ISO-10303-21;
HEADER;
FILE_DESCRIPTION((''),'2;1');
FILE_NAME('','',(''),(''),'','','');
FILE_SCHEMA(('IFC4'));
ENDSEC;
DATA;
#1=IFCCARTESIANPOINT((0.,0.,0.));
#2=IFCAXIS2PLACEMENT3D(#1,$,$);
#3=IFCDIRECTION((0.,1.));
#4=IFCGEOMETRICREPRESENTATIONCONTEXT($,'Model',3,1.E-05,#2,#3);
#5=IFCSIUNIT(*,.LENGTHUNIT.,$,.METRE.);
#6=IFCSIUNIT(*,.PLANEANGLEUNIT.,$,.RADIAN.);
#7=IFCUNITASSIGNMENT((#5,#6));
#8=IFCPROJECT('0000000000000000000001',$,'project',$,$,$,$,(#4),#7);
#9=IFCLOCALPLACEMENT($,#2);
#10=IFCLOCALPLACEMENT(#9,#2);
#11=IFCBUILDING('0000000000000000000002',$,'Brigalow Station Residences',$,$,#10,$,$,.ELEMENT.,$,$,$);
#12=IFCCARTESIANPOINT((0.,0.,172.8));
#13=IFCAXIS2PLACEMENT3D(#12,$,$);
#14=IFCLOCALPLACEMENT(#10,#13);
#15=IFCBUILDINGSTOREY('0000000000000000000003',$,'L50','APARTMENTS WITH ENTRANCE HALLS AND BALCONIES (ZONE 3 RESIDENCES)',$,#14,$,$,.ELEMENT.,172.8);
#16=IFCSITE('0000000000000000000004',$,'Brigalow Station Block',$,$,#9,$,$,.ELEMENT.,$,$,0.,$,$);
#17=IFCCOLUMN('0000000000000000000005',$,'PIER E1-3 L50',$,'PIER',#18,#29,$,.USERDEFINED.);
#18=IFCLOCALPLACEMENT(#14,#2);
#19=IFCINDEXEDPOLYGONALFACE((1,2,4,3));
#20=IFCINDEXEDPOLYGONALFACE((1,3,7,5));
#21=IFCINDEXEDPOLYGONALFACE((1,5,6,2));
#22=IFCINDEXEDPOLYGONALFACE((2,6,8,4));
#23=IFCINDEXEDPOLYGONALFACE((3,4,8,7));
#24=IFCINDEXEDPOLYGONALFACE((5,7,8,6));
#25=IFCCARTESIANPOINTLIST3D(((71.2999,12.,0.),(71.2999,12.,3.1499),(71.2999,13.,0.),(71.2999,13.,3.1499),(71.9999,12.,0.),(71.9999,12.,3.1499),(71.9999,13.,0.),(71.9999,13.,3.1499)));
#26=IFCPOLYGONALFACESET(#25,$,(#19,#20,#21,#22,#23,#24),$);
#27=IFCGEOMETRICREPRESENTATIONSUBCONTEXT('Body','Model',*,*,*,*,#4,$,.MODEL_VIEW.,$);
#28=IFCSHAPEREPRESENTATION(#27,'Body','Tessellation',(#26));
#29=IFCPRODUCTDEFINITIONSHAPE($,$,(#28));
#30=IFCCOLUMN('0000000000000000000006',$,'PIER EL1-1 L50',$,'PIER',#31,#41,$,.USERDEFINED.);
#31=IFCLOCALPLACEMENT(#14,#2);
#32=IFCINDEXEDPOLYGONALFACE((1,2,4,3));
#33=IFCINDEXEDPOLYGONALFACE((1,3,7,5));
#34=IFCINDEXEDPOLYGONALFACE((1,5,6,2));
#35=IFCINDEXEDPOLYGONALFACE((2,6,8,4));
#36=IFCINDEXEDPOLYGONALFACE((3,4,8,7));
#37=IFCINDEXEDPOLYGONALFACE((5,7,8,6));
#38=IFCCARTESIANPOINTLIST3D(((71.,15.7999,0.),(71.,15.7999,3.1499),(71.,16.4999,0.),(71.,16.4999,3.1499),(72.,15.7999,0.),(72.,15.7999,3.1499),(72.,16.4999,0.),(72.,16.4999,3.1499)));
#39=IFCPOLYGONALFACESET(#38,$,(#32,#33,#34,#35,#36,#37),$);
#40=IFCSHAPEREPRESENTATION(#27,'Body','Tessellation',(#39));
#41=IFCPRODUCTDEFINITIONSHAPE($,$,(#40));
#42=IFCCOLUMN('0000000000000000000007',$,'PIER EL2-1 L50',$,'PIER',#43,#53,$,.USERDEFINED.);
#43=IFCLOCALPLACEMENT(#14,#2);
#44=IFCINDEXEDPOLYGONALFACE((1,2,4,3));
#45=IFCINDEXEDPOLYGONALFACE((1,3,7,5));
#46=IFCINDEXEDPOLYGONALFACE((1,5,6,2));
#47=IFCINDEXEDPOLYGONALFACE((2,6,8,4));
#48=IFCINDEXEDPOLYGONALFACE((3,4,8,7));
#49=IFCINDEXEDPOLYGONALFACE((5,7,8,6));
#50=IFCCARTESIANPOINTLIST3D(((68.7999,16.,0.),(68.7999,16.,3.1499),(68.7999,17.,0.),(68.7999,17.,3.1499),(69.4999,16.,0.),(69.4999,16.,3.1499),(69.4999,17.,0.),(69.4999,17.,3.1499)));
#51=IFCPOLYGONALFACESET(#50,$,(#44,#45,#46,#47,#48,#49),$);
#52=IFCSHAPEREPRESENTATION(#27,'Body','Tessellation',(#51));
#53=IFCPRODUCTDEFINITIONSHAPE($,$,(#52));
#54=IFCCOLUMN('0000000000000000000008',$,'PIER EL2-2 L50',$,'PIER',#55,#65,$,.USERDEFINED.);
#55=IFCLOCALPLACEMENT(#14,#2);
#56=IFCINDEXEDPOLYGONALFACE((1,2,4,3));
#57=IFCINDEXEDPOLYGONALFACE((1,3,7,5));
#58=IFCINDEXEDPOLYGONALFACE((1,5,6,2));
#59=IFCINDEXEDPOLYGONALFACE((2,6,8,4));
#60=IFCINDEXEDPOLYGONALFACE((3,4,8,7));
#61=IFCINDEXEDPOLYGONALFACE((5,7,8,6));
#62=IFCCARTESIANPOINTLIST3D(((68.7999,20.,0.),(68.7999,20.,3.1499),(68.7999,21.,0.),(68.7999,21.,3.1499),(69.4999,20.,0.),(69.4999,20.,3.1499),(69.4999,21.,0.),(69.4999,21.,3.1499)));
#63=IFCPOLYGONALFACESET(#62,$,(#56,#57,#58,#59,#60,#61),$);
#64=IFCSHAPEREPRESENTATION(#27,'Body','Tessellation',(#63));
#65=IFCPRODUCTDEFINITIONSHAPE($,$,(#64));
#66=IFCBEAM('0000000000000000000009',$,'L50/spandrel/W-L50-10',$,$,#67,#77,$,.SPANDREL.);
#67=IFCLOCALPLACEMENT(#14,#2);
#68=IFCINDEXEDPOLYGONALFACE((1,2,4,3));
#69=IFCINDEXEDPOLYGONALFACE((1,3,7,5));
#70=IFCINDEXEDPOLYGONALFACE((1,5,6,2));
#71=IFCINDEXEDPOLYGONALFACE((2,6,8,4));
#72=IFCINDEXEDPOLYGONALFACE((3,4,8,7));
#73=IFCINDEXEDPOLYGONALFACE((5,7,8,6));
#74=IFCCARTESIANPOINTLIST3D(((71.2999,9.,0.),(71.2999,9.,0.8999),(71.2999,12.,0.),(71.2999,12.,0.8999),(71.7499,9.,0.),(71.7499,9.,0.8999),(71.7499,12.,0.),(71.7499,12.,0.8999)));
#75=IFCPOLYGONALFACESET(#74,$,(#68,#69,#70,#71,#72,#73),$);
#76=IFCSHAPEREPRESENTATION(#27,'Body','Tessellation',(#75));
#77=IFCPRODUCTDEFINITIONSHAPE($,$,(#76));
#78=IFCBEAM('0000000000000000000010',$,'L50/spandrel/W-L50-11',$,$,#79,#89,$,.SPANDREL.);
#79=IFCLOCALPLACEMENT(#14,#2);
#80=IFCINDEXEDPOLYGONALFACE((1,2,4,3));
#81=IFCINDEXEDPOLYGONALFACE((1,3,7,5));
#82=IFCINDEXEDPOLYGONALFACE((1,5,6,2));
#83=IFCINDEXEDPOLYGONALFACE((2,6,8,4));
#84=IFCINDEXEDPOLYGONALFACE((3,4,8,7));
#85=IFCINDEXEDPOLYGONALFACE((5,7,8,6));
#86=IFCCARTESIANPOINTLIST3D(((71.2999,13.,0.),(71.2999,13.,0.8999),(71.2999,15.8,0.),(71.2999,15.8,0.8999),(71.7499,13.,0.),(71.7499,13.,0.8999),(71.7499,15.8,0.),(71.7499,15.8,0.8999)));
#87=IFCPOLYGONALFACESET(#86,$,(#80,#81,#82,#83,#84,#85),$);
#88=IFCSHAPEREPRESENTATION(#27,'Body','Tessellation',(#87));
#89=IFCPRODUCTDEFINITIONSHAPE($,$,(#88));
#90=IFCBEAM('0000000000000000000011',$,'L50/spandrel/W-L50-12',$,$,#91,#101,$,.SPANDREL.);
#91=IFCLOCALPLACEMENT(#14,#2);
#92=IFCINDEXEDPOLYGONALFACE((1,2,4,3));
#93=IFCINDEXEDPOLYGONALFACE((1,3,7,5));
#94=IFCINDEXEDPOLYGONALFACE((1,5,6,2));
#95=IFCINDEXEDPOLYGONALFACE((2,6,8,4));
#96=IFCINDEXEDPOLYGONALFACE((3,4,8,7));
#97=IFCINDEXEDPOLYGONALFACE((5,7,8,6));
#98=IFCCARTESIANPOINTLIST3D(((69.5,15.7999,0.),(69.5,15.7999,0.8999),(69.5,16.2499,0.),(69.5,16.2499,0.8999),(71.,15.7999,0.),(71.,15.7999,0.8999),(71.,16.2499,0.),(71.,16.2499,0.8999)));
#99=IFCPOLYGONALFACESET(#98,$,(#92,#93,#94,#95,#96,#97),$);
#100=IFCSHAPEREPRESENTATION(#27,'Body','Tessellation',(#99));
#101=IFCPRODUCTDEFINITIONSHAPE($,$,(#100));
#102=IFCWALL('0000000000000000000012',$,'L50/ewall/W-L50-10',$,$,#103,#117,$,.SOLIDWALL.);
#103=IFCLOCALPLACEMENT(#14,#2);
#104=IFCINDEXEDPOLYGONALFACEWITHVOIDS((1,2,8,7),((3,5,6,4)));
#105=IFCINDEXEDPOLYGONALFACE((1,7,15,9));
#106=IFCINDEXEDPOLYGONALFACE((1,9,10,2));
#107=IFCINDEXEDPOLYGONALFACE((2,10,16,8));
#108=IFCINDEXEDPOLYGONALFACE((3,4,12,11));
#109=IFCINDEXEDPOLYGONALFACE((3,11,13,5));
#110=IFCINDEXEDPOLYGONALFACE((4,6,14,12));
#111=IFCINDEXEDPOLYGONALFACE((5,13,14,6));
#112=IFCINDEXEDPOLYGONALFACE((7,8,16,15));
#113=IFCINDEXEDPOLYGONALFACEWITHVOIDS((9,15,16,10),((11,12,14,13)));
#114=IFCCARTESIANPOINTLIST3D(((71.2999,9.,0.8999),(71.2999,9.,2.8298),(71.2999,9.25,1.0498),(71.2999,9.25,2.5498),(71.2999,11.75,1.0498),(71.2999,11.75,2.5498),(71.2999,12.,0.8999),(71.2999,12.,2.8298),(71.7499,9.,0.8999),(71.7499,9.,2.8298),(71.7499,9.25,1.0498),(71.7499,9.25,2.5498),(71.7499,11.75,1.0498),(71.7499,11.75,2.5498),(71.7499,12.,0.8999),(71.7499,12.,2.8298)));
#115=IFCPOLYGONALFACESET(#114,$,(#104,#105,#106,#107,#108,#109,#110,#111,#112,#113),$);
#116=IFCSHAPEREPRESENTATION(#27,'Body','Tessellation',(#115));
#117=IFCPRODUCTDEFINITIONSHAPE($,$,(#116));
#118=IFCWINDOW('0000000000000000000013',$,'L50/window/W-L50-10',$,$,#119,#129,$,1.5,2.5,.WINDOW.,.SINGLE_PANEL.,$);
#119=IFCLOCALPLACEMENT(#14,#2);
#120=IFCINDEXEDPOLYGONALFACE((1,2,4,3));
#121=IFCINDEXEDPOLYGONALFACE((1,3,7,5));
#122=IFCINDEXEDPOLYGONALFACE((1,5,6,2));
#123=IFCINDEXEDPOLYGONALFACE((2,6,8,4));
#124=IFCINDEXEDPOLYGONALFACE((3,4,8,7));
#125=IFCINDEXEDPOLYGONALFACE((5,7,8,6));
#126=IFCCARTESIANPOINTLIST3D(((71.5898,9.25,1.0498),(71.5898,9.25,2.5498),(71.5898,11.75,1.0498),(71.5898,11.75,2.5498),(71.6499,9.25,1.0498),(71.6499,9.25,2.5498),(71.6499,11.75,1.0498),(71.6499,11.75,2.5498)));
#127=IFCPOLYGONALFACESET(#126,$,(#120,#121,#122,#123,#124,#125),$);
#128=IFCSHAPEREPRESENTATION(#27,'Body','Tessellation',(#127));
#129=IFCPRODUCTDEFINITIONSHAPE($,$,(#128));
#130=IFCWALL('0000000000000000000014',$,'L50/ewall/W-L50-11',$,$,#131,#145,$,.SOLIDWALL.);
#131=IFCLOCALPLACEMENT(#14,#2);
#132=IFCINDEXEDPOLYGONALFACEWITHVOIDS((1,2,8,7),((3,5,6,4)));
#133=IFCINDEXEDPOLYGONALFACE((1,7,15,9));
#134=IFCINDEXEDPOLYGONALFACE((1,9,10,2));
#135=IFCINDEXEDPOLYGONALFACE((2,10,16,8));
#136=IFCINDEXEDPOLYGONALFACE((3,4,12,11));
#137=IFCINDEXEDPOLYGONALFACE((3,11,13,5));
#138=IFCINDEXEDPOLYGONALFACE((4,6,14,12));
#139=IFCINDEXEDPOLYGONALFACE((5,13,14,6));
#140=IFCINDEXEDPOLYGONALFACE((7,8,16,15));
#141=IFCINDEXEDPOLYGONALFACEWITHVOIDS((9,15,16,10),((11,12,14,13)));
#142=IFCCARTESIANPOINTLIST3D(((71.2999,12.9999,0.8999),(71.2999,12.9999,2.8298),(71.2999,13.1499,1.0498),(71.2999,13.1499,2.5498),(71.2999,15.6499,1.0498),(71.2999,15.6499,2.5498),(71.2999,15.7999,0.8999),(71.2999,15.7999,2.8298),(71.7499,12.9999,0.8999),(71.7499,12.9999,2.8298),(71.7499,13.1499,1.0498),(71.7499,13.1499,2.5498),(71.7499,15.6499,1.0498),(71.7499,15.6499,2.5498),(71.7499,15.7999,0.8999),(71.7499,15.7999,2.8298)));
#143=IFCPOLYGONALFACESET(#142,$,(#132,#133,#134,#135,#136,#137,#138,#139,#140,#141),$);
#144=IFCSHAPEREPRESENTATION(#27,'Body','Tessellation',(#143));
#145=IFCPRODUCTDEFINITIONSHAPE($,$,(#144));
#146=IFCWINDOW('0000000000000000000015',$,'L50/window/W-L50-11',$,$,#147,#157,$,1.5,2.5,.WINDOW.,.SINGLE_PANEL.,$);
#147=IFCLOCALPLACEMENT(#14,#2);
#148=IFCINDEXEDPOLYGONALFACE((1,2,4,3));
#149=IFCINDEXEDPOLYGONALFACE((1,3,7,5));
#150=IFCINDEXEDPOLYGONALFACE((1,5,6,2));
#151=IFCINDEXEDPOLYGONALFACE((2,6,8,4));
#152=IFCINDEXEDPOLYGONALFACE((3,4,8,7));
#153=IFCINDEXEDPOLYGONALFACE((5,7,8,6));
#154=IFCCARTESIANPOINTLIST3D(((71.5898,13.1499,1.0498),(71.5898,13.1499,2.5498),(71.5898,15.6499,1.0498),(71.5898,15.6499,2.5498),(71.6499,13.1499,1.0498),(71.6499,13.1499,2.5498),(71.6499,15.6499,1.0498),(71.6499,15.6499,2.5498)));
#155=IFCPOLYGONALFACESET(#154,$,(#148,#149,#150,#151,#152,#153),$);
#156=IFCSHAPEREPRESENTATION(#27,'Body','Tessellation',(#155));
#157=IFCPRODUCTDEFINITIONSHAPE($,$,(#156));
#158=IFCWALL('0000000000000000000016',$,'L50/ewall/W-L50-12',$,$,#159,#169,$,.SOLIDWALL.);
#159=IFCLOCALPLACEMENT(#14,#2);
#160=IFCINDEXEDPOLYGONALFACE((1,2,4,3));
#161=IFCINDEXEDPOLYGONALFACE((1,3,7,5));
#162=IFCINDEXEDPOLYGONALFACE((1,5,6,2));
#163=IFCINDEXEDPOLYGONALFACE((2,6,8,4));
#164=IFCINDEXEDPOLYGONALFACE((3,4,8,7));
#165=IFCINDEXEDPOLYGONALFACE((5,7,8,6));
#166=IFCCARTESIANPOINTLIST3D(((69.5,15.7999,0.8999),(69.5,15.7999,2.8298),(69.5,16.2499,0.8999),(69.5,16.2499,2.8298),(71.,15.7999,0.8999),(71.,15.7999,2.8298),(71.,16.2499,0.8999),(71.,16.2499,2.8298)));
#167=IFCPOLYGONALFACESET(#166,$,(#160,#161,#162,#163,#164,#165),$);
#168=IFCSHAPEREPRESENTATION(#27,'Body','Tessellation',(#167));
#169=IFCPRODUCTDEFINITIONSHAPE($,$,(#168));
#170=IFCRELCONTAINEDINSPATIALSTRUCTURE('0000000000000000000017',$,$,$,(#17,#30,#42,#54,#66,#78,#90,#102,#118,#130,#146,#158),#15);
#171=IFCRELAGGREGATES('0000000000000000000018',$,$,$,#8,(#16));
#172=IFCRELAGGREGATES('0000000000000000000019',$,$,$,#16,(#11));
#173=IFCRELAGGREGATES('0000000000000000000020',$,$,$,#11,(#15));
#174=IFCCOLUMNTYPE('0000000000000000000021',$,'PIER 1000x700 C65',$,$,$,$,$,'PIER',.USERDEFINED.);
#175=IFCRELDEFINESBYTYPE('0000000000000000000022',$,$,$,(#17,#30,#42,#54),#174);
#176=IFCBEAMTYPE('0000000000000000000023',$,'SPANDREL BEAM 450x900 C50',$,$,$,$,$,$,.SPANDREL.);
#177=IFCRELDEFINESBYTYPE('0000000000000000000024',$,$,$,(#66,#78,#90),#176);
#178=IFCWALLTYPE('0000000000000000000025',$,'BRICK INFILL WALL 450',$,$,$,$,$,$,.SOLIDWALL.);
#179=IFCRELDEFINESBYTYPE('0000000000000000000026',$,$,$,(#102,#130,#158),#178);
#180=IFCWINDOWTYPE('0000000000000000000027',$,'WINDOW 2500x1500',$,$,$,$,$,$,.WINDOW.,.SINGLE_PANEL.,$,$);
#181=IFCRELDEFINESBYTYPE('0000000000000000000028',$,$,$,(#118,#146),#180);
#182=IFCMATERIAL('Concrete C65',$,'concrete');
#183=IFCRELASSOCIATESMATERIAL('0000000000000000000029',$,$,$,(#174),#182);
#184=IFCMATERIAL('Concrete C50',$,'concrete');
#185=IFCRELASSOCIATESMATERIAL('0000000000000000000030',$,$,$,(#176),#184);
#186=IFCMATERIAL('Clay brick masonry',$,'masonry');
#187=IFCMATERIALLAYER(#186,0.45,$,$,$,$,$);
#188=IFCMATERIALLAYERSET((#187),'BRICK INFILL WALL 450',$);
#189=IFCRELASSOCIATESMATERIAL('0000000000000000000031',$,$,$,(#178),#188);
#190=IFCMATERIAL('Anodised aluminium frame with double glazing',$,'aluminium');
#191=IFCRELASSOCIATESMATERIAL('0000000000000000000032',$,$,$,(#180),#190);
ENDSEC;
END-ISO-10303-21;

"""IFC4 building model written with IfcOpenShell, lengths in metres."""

from ifc_helpers import new_model, si_unit, direction, frame, frame_2d, origin, origin_2d, place, context, subcontext, project, spatial, rectangle, extrude, material, layer, layer_set, material_profile, profile_set, type_object, element, fill, save


model = new_model("IFC4")

# Units and contexts
model_context = context("Model", 3, precision=1e-05, world=origin(), true_north=direction((0.0, 1.0)))
body_context = subcontext(model_context, "Body", "Model", "MODEL_VIEW")
ifc_project = project(units=[si_unit("LENGTHUNIT", "METRE"), si_unit("PLANEANGLEUNIT", "RADIAN")], contexts=[model_context])

# Site, building, storey
site_placement = place(None, origin())
site = spatial("IfcSite", under=ifc_project, at=site_placement, Name="Brigalow Station Block", CompositionType="ELEMENT", RefElevation=0.0)
building_placement = place(site_placement, origin())
building = spatial("IfcBuilding", under=site, at=building_placement, Name="Brigalow Station Residences", CompositionType="ELEMENT")
storey_placement = place(building_placement, frame((0.0, 0.0, 172.8)))
storey = spatial("IfcBuildingStorey", under=building, at=storey_placement, Name="L50", Description="APARTMENTS WITH ENTRANCE HALLS AND BALCONIES (ZONE 3 RESIDENCES)", CompositionType="ELEMENT", Elevation=172.8)

# Columns
ifc_material_1 = material(Name="Concrete C65", Category="concrete")
ifc_material_profile_1 = material_profile(ifc_material_1, rectangle(XDim=1.0, YDim=0.7, at=origin_2d()), Name="RC1000x700")
ifc_profile_set_1 = profile_set([ifc_material_profile_1], Name="Concrete C65")
column_type = type_object("IfcColumnType", Name="PIER 1000x700 C65", ElementType="PIER", PredefinedType="USERDEFINED", material=ifc_profile_set_1)
for number, where, z_axis, x_axis, name in (
    (1, (71.6499, 12.5, 0.0), (0.0, 0.0, 1.0), (0.0, 1.0, 0.0), "PIER E1-3 L50"),
    (2, (71.5, 16.1499, 0.0), (0.0, 0.0, 1.0), (-1.0, 0.0, 0.0), "PIER EL1-1 L50"),
    (3, (69.1499, 16.5, 0.0), (0.0, 0.0, 1.0), (0.0, 1.0, 0.0), "PIER EL2-1 L50"),
    (4, (69.1499, 20.5, 0.0), (0.0, 0.0, 1.0), (0.0, 1.0, 0.0), "PIER EL2-2 L50"),
):
    element("IfcColumn", number, at=place(storey_placement, frame(where, z_axis=z_axis, x_axis=x_axis)), inside=storey, type_object=column_type, Name=name, ObjectType="PIER", PredefinedType="USERDEFINED", context=body_context, shape_type="SweptSolid", body=[
        extrude(rectangle(XDim=1.0, YDim=0.7, at=origin_2d()), origin(), (0.0, 0.0, 1.0), 3.1499),
    ])

# Beams
ifc_material_2 = material(Name="Concrete C50", Category="concrete")
ifc_material_profile_2 = material_profile(ifc_material_2, rectangle(XDim=0.45, YDim=0.8999, at=origin_2d()), Name="RC450x900")
ifc_profile_set_2 = profile_set([ifc_material_profile_2], Name="Concrete C50")
beam_type = type_object("IfcBeamType", Name="SPANDREL BEAM 450x900 C50", PredefinedType="SPANDREL", material=ifc_profile_set_2)
beam_1_placement = place(storey_placement, frame((71.5249, 9.0, 0.45), z_axis=(0.0, 1.0, 0.0), x_axis=(-1.0, 0.0, 0.0)))
element("IfcBeam", 5, at=beam_1_placement, inside=storey, type_object=beam_type, Name="L50/spandrel/W-L50-10", PredefinedType="SPANDREL", context=body_context, shape_type="SweptSolid", body=[
    extrude(rectangle(XDim=0.45, YDim=0.8999, at=origin_2d()), origin(), (0.0, 0.0, 1.0), 3.0),
])
beam_2_placement = place(storey_placement, frame((71.5249, 13.0, 0.45), z_axis=(0.0, 1.0, 0.0), x_axis=(-1.0, 0.0, 0.0)))
element("IfcBeam", 6, at=beam_2_placement, inside=storey, type_object=beam_type, Name="L50/spandrel/W-L50-11", PredefinedType="SPANDREL", context=body_context, shape_type="SweptSolid", body=[
    extrude(rectangle(XDim=0.45, YDim=0.8999, at=origin_2d()), origin(), (0.0, 0.0, 1.0), 2.8),
])
beam_3_placement = place(storey_placement, frame((71.0, 16.0249, 0.45), z_axis=(-1.0, 0.0, 0.0), x_axis=(0.0, -1.0, 0.0)))
element("IfcBeam", 7, at=beam_3_placement, inside=storey, type_object=beam_type, Name="L50/spandrel/W-L50-12", PredefinedType="SPANDREL", context=body_context, shape_type="SweptSolid", body=[
    extrude(rectangle(XDim=0.45, YDim=0.8999, at=origin_2d()), origin(), (0.0, 0.0, 1.0), 1.5),
])

# Walls, openings, windows
ifc_material_3 = material(Name="Clay brick masonry", Category="masonry")
ifc_layer = layer(ifc_material_3, 0.45)
ifc_layer_set = layer_set([ifc_layer], Name="BRICK INFILL WALL 450")
wall_type = type_object("IfcWallType", Name="BRICK INFILL WALL 450", PredefinedType="SOLIDWALL", material=ifc_layer_set)
wall_1_placement = place(storey_placement, frame((71.5249, 9.0, 0.8999), z_axis=(0.0, 0.0, 1.0), x_axis=(0.0, 1.0, 0.0)))
wall_1 = element("IfcWall", 8, at=wall_1_placement, inside=storey, type_object=wall_type, Name="L50/ewall/W-L50-10", PredefinedType="SOLIDWALL", context=body_context, shape_type="SweptSolid", body=[
    extrude(rectangle(XDim=3.0, YDim=0.45, at=frame_2d((1.5, 0.0))), origin(), (0.0, 0.0, 1.0), 1.9299),
])
opening_1_placement = place(wall_1_placement, frame((0.25, 0.0, 0.1499)))
opening_1 = element("IfcOpeningElement", 9, at=opening_1_placement, cuts=wall_1, PredefinedType="OPENING", context=body_context, shape_type="SweptSolid", body=[
    extrude(rectangle(XDim=2.5, YDim=1.5, at=frame_2d((1.25, 0.75))), frame((0.0, 0.2349, 0.0), z_axis=(0.0, -1.0, 0.0), x_axis=(1.0, 0.0, 0.0)), (0.0, 0.0, 1.0), 0.47),
])
ifc_material_4 = material(Name="Anodised aluminium frame with double glazing", Category="aluminium")
window_type = type_object("IfcWindowType", Name="WINDOW 2500x1500", PartitioningType="SINGLE_PANEL", PredefinedType="WINDOW", material=ifc_material_4)
window_1_placement = place(opening_1_placement, origin())
window_1 = element("IfcWindow", 10, at=window_1_placement, inside=storey, type_object=window_type, Name="L50/window/W-L50-10", OverallHeight=1.5, OverallWidth=2.5, PartitioningType="SINGLE_PANEL", PredefinedType="WINDOW", context=body_context, shape_type="SweptSolid", body=[
    extrude(rectangle(XDim=2.5, YDim=1.5, at=frame_2d((1.25, 0.75))), frame((0.0, -0.0649, 0.0), z_axis=(0.0, -1.0, 0.0), x_axis=(1.0, 0.0, 0.0)), (0.0, 0.0, 1.0), 0.0601),
])
fill(opening_1, window_1)
wall_2_placement = place(storey_placement, frame((71.5249, 13.0, 0.8999), z_axis=(0.0, 0.0, 1.0), x_axis=(0.0, 1.0, 0.0)))
wall_2 = element("IfcWall", 11, at=wall_2_placement, inside=storey, type_object=wall_type, Name="L50/ewall/W-L50-11", PredefinedType="SOLIDWALL", context=body_context, shape_type="SweptSolid", body=[
    extrude(rectangle(XDim=2.8, YDim=0.45, at=frame_2d((1.3999, 0.0))), origin(), (0.0, 0.0, 1.0), 1.9299),
])
opening_2_placement = place(wall_2_placement, frame((0.1499, 0.0, 0.1499)))
opening_2 = element("IfcOpeningElement", 12, at=opening_2_placement, cuts=wall_2, PredefinedType="OPENING", context=body_context, shape_type="SweptSolid", body=[
    extrude(rectangle(XDim=2.5, YDim=1.5, at=frame_2d((1.25, 0.75))), frame((0.0, 0.2349, 0.0), z_axis=(0.0, -1.0, 0.0), x_axis=(1.0, 0.0, 0.0)), (0.0, 0.0, 1.0), 0.47),
])
window_2_placement = place(opening_2_placement, origin())
window_2 = element("IfcWindow", 13, at=window_2_placement, inside=storey, type_object=window_type, Name="L50/window/W-L50-11", OverallHeight=1.5, OverallWidth=2.5, PartitioningType="SINGLE_PANEL", PredefinedType="WINDOW", context=body_context, shape_type="SweptSolid", body=[
    extrude(rectangle(XDim=2.5, YDim=1.5, at=frame_2d((1.25, 0.75))), frame((0.0, -0.0649, 0.0), z_axis=(0.0, -1.0, 0.0), x_axis=(1.0, 0.0, 0.0)), (0.0, 0.0, 1.0), 0.0601),
])
fill(opening_2, window_2)

# Wall
wall_3_placement = place(storey_placement, frame((71.0, 16.0249, 0.8999), z_axis=(0.0, 0.0, 1.0), x_axis=(-1.0, 0.0, 0.0)))
element("IfcWall", 14, at=wall_3_placement, inside=storey, type_object=wall_type, Name="L50/ewall/W-L50-12", PredefinedType="SOLIDWALL", context=body_context, shape_type="SweptSolid", body=[
    extrude(rectangle(XDim=1.5, YDim=0.45, at=frame_2d((0.75, 0.0))), origin(), (0.0, 0.0, 1.0), 1.9299),
])

save(model, "model.ifc")
